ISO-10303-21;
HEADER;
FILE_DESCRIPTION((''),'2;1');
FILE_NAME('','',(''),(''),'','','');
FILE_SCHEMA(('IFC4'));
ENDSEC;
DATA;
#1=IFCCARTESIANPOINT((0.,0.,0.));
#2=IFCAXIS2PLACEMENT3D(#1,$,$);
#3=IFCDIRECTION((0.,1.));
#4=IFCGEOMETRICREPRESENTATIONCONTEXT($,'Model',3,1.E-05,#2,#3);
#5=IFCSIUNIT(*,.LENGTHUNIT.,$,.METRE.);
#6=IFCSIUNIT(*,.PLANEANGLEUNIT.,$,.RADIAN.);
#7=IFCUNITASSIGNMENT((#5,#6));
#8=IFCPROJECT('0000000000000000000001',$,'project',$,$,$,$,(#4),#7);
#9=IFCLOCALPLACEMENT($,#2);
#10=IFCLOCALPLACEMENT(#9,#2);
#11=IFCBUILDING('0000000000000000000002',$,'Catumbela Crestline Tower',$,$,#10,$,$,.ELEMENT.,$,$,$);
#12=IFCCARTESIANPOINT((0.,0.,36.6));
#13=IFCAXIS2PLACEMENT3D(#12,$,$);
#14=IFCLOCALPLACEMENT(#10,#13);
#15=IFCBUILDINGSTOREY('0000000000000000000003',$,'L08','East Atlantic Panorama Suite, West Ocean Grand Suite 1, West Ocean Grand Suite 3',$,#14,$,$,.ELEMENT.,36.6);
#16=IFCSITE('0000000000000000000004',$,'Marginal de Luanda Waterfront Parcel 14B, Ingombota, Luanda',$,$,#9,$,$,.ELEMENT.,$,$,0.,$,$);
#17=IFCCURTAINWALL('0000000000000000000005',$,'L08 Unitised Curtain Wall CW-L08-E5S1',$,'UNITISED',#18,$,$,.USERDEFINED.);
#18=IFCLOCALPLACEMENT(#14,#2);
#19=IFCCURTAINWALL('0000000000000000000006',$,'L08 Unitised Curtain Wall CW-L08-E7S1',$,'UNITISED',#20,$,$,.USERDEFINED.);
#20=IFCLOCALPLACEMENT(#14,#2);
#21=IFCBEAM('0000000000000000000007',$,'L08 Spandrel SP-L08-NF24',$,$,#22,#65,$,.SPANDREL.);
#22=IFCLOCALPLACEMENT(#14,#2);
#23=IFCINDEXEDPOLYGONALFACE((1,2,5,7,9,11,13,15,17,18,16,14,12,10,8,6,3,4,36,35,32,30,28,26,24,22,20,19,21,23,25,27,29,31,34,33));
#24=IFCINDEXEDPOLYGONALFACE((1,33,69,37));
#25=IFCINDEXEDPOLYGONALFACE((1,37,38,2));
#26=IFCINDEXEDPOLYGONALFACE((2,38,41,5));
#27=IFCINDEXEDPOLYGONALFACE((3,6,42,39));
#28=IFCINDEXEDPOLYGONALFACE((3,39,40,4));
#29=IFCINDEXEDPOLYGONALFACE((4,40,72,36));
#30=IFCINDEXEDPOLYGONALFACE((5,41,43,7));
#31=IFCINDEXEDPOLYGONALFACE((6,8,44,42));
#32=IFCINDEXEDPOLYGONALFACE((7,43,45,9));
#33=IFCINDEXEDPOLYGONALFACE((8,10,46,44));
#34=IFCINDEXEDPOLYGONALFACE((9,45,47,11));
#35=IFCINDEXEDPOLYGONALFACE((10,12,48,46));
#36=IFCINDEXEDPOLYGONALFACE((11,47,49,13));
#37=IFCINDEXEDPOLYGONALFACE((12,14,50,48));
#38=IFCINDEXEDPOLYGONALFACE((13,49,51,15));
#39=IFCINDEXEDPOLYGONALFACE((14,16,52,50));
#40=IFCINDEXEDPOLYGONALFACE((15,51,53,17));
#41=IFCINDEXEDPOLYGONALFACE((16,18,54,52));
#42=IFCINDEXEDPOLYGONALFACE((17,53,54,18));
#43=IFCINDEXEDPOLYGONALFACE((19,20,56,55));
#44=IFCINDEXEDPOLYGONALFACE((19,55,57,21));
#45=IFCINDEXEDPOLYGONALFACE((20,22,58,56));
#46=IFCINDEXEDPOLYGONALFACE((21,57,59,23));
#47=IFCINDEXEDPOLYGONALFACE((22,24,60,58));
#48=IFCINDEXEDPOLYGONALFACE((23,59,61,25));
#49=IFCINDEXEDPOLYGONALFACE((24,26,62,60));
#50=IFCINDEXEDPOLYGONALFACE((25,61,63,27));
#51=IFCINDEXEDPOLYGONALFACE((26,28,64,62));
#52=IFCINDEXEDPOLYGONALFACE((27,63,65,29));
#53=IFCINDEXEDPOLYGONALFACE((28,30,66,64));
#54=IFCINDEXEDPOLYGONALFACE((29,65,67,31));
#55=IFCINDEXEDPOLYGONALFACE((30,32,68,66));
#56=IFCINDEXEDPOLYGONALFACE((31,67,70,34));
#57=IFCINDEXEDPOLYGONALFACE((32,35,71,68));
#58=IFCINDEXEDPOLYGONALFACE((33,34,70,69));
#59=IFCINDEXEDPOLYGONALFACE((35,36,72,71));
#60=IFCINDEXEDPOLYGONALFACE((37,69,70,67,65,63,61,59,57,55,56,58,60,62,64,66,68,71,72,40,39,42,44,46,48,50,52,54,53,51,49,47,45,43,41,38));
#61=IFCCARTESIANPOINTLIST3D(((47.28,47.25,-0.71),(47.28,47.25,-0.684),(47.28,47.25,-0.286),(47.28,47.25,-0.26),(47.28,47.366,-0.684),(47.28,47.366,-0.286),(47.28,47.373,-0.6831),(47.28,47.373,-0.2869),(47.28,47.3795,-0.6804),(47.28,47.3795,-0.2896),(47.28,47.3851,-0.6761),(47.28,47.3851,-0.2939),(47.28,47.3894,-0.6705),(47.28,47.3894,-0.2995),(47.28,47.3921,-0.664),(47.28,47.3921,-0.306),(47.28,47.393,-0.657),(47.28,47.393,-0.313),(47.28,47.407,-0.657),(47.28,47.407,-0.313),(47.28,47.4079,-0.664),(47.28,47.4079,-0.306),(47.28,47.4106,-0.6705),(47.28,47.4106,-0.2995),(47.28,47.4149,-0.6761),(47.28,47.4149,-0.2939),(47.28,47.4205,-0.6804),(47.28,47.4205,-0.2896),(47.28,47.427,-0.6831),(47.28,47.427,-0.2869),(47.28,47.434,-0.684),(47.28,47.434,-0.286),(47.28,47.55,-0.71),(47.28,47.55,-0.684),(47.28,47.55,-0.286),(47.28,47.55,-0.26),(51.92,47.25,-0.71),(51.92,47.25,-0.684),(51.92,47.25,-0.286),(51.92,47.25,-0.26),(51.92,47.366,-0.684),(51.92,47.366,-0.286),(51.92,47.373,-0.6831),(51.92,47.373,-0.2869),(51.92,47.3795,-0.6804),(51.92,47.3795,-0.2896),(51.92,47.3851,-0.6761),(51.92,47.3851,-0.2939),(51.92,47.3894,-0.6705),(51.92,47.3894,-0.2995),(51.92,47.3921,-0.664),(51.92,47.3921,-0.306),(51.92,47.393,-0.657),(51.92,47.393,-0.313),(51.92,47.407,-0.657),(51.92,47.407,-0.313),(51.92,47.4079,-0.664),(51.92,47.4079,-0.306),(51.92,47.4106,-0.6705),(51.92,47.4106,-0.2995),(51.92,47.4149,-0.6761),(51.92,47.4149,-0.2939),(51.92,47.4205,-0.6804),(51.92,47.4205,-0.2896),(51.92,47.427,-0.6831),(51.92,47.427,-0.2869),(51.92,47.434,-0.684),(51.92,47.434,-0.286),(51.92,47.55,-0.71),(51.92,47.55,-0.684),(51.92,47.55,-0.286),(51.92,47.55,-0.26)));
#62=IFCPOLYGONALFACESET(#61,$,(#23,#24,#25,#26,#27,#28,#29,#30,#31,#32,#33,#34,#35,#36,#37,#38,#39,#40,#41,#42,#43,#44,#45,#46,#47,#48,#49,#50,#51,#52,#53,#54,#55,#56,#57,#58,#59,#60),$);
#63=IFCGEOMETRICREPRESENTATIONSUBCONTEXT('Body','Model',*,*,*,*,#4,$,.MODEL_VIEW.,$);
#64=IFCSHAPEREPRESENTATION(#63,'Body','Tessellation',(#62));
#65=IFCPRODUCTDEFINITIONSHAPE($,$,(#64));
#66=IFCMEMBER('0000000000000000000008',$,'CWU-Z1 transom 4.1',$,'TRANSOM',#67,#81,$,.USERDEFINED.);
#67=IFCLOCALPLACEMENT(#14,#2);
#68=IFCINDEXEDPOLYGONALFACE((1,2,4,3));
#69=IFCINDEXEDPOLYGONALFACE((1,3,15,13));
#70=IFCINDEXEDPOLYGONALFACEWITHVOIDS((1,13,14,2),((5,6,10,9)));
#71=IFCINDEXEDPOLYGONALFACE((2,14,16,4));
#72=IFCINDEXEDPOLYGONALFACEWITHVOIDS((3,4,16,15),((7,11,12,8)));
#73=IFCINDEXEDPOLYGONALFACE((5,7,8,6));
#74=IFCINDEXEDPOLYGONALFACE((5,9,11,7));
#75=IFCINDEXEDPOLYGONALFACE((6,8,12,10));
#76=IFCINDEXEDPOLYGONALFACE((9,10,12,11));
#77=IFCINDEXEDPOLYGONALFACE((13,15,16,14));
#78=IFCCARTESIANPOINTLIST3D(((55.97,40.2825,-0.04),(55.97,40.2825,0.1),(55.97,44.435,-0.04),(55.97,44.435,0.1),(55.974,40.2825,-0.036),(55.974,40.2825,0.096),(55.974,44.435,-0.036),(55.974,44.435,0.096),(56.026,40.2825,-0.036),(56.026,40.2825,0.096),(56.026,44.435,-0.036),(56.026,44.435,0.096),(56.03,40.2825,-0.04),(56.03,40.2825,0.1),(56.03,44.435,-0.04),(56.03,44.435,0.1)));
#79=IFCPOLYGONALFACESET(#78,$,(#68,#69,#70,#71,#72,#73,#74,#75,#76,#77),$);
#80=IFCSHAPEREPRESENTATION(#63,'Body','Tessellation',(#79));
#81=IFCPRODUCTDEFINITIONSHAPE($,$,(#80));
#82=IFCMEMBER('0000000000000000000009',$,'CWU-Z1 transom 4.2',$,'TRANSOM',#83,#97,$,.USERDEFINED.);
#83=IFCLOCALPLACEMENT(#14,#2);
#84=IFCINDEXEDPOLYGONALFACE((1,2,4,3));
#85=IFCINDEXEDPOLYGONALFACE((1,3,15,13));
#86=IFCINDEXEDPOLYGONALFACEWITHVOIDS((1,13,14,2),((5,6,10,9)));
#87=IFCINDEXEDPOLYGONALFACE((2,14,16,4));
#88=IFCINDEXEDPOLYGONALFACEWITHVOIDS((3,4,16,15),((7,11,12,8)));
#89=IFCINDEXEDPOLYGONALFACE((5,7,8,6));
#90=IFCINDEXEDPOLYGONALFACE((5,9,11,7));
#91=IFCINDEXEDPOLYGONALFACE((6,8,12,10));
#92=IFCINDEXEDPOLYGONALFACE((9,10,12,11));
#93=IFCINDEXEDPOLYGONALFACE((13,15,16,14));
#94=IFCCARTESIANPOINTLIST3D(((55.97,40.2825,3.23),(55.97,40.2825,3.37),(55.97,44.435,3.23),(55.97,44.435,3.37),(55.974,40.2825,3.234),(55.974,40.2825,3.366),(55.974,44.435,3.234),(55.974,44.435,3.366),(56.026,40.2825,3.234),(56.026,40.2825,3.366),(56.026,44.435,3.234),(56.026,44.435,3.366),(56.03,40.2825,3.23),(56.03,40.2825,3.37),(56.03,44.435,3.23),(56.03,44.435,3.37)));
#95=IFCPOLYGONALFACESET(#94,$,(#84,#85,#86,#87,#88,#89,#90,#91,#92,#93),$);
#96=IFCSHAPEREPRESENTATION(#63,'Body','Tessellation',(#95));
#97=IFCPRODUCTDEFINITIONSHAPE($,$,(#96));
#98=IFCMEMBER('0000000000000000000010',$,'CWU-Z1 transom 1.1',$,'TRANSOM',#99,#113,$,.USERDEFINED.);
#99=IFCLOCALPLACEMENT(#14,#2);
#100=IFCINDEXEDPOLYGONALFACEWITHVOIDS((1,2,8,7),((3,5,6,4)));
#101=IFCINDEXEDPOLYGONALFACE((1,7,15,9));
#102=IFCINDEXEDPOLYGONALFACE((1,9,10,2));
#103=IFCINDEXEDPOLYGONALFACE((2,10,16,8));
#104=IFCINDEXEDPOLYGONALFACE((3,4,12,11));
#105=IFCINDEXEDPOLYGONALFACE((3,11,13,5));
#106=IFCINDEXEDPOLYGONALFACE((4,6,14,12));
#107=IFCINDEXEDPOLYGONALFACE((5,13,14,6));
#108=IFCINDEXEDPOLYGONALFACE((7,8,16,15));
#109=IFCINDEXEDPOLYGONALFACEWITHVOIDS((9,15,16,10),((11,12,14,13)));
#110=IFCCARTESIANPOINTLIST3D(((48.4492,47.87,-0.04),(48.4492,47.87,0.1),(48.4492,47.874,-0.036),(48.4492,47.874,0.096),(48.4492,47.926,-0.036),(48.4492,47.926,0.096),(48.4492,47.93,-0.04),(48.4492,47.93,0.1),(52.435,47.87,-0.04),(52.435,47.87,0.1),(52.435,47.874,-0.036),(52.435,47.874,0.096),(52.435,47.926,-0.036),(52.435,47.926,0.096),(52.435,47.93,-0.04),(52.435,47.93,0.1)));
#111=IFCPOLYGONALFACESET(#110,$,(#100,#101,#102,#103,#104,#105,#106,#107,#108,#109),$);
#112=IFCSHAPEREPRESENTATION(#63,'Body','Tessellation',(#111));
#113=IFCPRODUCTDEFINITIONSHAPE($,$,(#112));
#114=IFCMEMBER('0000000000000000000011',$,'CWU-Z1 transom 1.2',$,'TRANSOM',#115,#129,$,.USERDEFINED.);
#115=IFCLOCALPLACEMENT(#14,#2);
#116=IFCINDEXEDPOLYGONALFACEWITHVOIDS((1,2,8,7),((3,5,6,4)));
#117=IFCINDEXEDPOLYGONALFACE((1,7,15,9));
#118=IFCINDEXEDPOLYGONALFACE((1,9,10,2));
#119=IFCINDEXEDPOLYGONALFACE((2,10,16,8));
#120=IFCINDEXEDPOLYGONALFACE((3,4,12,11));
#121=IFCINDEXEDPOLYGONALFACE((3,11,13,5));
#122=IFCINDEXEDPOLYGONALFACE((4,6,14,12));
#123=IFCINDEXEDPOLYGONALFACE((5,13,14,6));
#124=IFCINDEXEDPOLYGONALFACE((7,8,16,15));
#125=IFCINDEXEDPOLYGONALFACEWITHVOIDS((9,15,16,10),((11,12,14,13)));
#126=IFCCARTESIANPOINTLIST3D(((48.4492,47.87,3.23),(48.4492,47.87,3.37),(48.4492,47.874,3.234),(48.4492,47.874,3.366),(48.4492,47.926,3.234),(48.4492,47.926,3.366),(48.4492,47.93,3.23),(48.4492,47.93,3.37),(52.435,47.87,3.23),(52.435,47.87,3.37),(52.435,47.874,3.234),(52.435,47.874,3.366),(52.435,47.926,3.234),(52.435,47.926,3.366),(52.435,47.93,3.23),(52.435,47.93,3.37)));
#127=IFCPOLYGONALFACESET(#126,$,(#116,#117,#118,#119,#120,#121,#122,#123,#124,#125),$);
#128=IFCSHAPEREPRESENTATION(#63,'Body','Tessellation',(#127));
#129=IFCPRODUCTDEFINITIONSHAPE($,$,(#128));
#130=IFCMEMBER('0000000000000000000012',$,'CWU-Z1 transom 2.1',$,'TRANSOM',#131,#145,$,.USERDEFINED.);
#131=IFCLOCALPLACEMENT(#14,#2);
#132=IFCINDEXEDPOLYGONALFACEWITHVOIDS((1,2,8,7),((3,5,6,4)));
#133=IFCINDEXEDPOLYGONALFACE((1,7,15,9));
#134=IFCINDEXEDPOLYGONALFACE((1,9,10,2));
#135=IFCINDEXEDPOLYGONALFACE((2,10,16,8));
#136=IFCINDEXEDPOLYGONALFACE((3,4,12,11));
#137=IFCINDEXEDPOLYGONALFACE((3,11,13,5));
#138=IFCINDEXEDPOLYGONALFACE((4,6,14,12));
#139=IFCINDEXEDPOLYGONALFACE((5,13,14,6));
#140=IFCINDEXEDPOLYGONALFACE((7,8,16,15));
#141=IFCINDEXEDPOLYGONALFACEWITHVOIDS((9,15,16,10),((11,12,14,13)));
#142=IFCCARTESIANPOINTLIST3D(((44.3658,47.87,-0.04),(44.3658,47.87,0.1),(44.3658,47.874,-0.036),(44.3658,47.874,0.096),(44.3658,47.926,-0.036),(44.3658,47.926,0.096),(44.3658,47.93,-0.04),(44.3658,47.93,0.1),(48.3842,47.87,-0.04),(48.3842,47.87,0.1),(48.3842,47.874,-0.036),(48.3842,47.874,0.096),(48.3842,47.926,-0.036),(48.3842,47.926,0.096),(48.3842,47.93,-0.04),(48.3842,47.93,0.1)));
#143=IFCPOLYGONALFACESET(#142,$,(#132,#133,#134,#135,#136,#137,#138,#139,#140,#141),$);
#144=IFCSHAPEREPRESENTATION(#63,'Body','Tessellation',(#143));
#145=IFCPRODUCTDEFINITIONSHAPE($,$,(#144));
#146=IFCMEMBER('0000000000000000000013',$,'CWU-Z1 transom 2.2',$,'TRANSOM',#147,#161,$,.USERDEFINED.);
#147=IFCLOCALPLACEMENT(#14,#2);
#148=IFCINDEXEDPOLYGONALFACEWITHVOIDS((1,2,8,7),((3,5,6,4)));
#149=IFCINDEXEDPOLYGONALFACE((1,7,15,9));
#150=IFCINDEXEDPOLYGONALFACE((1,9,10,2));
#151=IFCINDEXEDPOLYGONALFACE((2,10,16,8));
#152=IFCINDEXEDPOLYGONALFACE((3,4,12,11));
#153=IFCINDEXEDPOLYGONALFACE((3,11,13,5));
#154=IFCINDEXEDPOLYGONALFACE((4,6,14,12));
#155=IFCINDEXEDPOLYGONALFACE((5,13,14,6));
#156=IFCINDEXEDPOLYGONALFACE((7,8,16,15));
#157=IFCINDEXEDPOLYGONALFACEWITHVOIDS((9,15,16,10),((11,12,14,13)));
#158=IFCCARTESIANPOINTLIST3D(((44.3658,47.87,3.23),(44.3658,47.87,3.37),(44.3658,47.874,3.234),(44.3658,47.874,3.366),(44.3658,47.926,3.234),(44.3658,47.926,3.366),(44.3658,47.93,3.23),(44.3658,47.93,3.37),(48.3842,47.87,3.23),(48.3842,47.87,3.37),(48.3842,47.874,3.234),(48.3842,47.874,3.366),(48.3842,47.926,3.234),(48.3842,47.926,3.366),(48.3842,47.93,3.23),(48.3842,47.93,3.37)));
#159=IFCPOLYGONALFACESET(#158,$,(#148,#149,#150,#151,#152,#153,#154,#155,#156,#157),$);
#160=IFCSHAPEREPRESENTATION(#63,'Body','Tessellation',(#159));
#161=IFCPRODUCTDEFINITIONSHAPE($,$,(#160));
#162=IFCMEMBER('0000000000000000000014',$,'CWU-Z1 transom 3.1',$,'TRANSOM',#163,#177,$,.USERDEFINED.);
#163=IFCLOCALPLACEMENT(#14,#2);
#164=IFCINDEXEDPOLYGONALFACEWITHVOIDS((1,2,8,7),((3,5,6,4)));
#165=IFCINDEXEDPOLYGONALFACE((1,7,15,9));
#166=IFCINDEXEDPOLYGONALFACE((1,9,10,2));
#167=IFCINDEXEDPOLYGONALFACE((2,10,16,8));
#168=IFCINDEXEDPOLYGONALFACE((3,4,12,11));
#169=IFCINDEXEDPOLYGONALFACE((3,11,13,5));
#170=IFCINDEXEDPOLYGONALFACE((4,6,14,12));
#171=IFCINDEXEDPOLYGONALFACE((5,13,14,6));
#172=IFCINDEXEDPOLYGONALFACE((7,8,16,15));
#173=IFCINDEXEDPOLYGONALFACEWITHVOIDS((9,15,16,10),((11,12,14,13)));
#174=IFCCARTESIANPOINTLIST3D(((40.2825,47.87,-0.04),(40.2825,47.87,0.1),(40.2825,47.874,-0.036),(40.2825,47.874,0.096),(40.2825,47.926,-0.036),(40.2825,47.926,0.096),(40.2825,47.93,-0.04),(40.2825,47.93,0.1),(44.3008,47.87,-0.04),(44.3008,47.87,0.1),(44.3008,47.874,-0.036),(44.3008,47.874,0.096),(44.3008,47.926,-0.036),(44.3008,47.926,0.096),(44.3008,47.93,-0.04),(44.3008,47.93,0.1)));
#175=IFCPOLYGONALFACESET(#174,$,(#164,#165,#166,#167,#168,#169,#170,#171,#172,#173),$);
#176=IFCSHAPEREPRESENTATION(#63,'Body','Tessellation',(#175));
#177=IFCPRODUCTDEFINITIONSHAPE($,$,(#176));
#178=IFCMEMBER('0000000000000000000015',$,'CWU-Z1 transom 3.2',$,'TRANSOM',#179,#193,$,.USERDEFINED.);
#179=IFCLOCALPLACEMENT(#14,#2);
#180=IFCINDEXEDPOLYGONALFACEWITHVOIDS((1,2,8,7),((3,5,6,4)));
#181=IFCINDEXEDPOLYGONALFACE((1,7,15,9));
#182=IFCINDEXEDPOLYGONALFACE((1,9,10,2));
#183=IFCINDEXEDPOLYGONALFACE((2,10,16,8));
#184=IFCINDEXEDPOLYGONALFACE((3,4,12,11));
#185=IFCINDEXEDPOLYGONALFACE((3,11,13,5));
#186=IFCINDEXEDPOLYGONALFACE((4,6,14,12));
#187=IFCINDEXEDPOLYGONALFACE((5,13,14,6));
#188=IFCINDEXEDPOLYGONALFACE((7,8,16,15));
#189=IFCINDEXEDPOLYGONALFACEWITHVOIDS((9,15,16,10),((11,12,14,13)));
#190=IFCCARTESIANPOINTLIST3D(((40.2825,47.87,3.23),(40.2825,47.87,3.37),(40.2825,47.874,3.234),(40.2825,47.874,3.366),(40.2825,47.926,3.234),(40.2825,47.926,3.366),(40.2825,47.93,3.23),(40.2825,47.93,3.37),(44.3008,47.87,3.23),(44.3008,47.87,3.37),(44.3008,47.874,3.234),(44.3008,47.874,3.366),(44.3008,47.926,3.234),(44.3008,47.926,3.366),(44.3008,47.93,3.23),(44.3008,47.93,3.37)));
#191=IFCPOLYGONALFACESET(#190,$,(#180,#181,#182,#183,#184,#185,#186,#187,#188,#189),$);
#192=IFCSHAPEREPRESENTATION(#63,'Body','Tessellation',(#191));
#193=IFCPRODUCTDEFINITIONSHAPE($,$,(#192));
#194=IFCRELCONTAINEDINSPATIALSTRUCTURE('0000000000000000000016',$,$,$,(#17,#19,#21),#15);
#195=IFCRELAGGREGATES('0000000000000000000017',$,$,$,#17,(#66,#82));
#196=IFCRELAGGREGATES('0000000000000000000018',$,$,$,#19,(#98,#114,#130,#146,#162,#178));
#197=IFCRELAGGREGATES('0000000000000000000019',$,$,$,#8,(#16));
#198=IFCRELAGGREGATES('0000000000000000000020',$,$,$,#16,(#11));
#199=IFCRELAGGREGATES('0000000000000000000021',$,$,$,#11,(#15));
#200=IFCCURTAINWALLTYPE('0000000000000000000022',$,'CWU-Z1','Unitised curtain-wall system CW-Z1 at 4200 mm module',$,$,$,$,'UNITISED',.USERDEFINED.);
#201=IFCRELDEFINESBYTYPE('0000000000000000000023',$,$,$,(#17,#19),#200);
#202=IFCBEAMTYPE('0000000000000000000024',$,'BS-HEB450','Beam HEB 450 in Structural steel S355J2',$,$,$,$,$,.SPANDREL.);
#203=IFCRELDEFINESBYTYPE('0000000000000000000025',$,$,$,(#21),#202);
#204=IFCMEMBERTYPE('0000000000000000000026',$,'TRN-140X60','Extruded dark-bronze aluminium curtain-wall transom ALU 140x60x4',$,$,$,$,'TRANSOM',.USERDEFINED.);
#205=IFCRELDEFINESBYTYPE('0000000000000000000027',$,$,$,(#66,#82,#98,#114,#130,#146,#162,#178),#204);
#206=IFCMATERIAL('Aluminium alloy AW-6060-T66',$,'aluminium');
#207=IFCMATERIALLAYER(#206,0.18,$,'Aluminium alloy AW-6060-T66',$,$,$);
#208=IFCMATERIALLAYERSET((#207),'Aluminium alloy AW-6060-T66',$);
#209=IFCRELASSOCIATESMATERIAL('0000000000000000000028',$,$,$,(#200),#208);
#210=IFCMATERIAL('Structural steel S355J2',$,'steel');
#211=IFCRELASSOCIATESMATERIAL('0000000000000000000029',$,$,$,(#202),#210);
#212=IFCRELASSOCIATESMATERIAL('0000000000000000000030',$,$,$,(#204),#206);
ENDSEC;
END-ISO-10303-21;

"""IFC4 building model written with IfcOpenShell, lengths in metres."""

from ifc_helpers import new_model, si_unit, direction, frame, origin, origin_2d, place, context, subcontext, project, spatial, hollow_rectangle, i_section, extrude, material, layer, layer_set, material_profile, profile_set, type_object, element, aggregate, save


model = new_model("IFC4")

# Units and contexts
model_context = context("Model", 3, precision=1e-05, world=origin(), true_north=direction((0.0, 1.0)))
body_context = subcontext(model_context, "Body", "Model", "MODEL_VIEW")
ifc_project = project(units=[si_unit("LENGTHUNIT", "METRE"), si_unit("PLANEANGLEUNIT", "RADIAN")], contexts=[model_context])

# Site, building, storey
site_placement = place(None, origin())
site = spatial("IfcSite", under=ifc_project, at=site_placement, Name="Marginal de Luanda Waterfront Parcel 14B, Ingombota, Luanda", CompositionType="ELEMENT", RefElevation=0.0)
building_placement = place(site_placement, origin())
building = spatial("IfcBuilding", under=site, at=building_placement, Name="Catumbela Crestline Tower", CompositionType="ELEMENT")
storey_placement = place(building_placement, frame((0.0, 0.0, 36.6)))
storey = spatial("IfcBuildingStorey", under=building, at=storey_placement, Name="L08", Description="East Atlantic Panorama Suite, West Ocean Grand Suite 1, West Ocean Grand Suite 3", CompositionType="ELEMENT", Elevation=36.6)

# Curtain walls
ifc_material_1 = material(Name="Aluminium alloy AW-6060-T66", Category="aluminium")
ifc_layer_1 = layer(ifc_material_1, 0.18, Name="Aluminium alloy AW-6060-T66")
ifc_layer_set_1 = layer_set([ifc_layer_1], Name="Aluminium alloy AW-6060-T66")
curtain_wall_type = type_object("IfcCurtainWallType", Name="CWU-Z1", Description="Unitised curtain-wall system CW-Z1 at 4200 mm module", ElementType="UNITISED", PredefinedType="USERDEFINED", material=ifc_layer_set_1)
curtain_wall_1_placement = place(storey_placement, origin())
curtain_wall_1 = element("IfcCurtainWall", 1, at=curtain_wall_1_placement, inside=storey, type_object=curtain_wall_type, Name="L08 Unitised Curtain Wall CW-L08-E5S1", ObjectType="UNITISED", PredefinedType="USERDEFINED")
curtain_wall_2_placement = place(storey_placement, origin())
curtain_wall_2 = element("IfcCurtainWall", 2, at=curtain_wall_2_placement, inside=storey, type_object=curtain_wall_type, Name="L08 Unitised Curtain Wall CW-L08-E7S1", ObjectType="UNITISED", PredefinedType="USERDEFINED")

# Beam
ifc_material_2 = material(Name="Structural steel S355J2", Category="steel")
ifc_material_profile_1 = material_profile(ifc_material_2, i_section(OverallWidth=0.3, OverallDepth=0.45, WebThickness=0.014, FlangeThickness=0.026, FilletRadius=0.027, at=origin_2d()), Name="HEB 450")
ifc_profile_set_1 = profile_set([ifc_material_profile_1], Name="Structural steel S355J2")
beam_type = type_object("IfcBeamType", Name="BS-HEB450", Description="Beam HEB 450 in Structural steel S355J2", PredefinedType="SPANDREL", material=ifc_profile_set_1)
beam_placement = place(storey_placement, frame((47.28, 47.4, -0.485), z_axis=(1.0, 0.0, 0.0), x_axis=(0.0, 1.0, 0.0)))
element("IfcBeam", 3, at=beam_placement, inside=storey, type_object=beam_type, Name="L08 Spandrel SP-L08-NF24", PredefinedType="SPANDREL", context=body_context, shape_type="SweptSolid", body=[
    extrude(i_section(OverallWidth=0.3, OverallDepth=0.45, WebThickness=0.014, FlangeThickness=0.026, FilletRadius=0.027, at=origin_2d()), origin(), (0.0, 0.0, 1.0), 4.64),
])

# Members
ifc_material_profile_2 = material_profile(ifc_material_1, hollow_rectangle(XDim=0.06, YDim=0.14, WallThickness=0.004, at=origin_2d()), Name="ALU 140x60x4")
ifc_profile_set_2 = profile_set([ifc_material_profile_2], Name="Aluminium alloy AW-6060-T66")
member_type_1 = type_object("IfcMemberType", Name="TRN-140X60", Description="Extruded dark-bronze aluminium curtain-wall transom ALU 140x60x4", ElementType="TRANSOM", PredefinedType="USERDEFINED", material=ifc_profile_set_2)
member_1_placement = place(storey_placement, frame((56.0, 40.2825, 0.03), z_axis=(0.0, 1.0, 0.0), x_axis=(-1.0, 0.0, 0.0)))
member_1 = element("IfcMember", 4, at=member_1_placement, type_object=member_type_1, Name="CWU-Z1 transom 4.1", ObjectType="TRANSOM", PredefinedType="USERDEFINED", context=body_context, shape_type="SweptSolid", body=[
    extrude(hollow_rectangle(XDim=0.06, YDim=0.14, WallThickness=0.004, at=origin_2d()), origin(), (0.0, 0.0, 1.0), 4.1525),
])
member_2_placement = place(storey_placement, frame((56.0, 40.2825, 3.3), z_axis=(0.0, 1.0, 0.0), x_axis=(-1.0, 0.0, 0.0)))
member_2 = element("IfcMember", 5, at=member_2_placement, type_object=member_type_1, Name="CWU-Z1 transom 4.2", ObjectType="TRANSOM", PredefinedType="USERDEFINED", context=body_context, shape_type="SweptSolid", body=[
    extrude(hollow_rectangle(XDim=0.06, YDim=0.14, WallThickness=0.004, at=origin_2d()), origin(), (0.0, 0.0, 1.0), 4.1525),
])
member_3_placement = place(storey_placement, frame((52.435, 47.9, 0.03), z_axis=(-1.0, 0.0, 0.0), x_axis=(0.0, -1.0, 0.0)))
member_3 = element("IfcMember", 6, at=member_3_placement, type_object=member_type_1, Name="CWU-Z1 transom 1.1", ObjectType="TRANSOM", PredefinedType="USERDEFINED", context=body_context, shape_type="SweptSolid", body=[
    extrude(hollow_rectangle(XDim=0.06, YDim=0.14, WallThickness=0.004, at=origin_2d()), origin(), (0.0, 0.0, 1.0), 3.9858),
])
member_4_placement = place(storey_placement, frame((52.435, 47.9, 3.3), z_axis=(-1.0, 0.0, 0.0), x_axis=(0.0, -1.0, 0.0)))
member_4 = element("IfcMember", 7, at=member_4_placement, type_object=member_type_1, Name="CWU-Z1 transom 1.2", ObjectType="TRANSOM", PredefinedType="USERDEFINED", context=body_context, shape_type="SweptSolid", body=[
    extrude(hollow_rectangle(XDim=0.06, YDim=0.14, WallThickness=0.004, at=origin_2d()), origin(), (0.0, 0.0, 1.0), 3.9858),
])
member_5_placement = place(storey_placement, frame((48.3842, 47.9, 0.03), z_axis=(-1.0, 0.0, 0.0), x_axis=(0.0, -1.0, 0.0)))
member_5 = element("IfcMember", 8, at=member_5_placement, type_object=member_type_1, Name="CWU-Z1 transom 2.1", ObjectType="TRANSOM", PredefinedType="USERDEFINED", context=body_context, shape_type="SweptSolid", body=[
    extrude(hollow_rectangle(XDim=0.06, YDim=0.14, WallThickness=0.004, at=origin_2d()), origin(), (0.0, 0.0, 1.0), 4.0184),
])
member_6_placement = place(storey_placement, frame((48.3842, 47.9, 3.3), z_axis=(-1.0, 0.0, 0.0), x_axis=(0.0, -1.0, 0.0)))
member_6 = element("IfcMember", 9, at=member_6_placement, type_object=member_type_1, Name="CWU-Z1 transom 2.2", ObjectType="TRANSOM", PredefinedType="USERDEFINED", context=body_context, shape_type="SweptSolid", body=[
    extrude(hollow_rectangle(XDim=0.06, YDim=0.14, WallThickness=0.004, at=origin_2d()), origin(), (0.0, 0.0, 1.0), 4.0184),
])
member_7_placement = place(storey_placement, frame((44.3008, 47.9, 0.03), z_axis=(-1.0, 0.0, 0.0), x_axis=(0.0, -1.0, 0.0)))
member_7 = element("IfcMember", 10, at=member_7_placement, type_object=member_type_1, Name="CWU-Z1 transom 3.1", ObjectType="TRANSOM", PredefinedType="USERDEFINED", context=body_context, shape_type="SweptSolid", body=[
    extrude(hollow_rectangle(XDim=0.06, YDim=0.14, WallThickness=0.004, at=origin_2d()), origin(), (0.0, 0.0, 1.0), 4.0183),
])
member_8_placement = place(storey_placement, frame((44.3008, 47.9, 3.3), z_axis=(-1.0, 0.0, 0.0), x_axis=(0.0, -1.0, 0.0)))
member_8 = element("IfcMember", 11, at=member_8_placement, type_object=member_type_1, Name="CWU-Z1 transom 3.2", ObjectType="TRANSOM", PredefinedType="USERDEFINED", context=body_context, shape_type="SweptSolid", body=[
    extrude(hollow_rectangle(XDim=0.06, YDim=0.14, WallThickness=0.004, at=origin_2d()), origin(), (0.0, 0.0, 1.0), 4.0183),
])

aggregate(curtain_wall_1, [member_1, member_2])
aggregate(curtain_wall_2, [member_3, member_4, member_5, member_6, member_7, member_8])

save(model, "model.ifc")
